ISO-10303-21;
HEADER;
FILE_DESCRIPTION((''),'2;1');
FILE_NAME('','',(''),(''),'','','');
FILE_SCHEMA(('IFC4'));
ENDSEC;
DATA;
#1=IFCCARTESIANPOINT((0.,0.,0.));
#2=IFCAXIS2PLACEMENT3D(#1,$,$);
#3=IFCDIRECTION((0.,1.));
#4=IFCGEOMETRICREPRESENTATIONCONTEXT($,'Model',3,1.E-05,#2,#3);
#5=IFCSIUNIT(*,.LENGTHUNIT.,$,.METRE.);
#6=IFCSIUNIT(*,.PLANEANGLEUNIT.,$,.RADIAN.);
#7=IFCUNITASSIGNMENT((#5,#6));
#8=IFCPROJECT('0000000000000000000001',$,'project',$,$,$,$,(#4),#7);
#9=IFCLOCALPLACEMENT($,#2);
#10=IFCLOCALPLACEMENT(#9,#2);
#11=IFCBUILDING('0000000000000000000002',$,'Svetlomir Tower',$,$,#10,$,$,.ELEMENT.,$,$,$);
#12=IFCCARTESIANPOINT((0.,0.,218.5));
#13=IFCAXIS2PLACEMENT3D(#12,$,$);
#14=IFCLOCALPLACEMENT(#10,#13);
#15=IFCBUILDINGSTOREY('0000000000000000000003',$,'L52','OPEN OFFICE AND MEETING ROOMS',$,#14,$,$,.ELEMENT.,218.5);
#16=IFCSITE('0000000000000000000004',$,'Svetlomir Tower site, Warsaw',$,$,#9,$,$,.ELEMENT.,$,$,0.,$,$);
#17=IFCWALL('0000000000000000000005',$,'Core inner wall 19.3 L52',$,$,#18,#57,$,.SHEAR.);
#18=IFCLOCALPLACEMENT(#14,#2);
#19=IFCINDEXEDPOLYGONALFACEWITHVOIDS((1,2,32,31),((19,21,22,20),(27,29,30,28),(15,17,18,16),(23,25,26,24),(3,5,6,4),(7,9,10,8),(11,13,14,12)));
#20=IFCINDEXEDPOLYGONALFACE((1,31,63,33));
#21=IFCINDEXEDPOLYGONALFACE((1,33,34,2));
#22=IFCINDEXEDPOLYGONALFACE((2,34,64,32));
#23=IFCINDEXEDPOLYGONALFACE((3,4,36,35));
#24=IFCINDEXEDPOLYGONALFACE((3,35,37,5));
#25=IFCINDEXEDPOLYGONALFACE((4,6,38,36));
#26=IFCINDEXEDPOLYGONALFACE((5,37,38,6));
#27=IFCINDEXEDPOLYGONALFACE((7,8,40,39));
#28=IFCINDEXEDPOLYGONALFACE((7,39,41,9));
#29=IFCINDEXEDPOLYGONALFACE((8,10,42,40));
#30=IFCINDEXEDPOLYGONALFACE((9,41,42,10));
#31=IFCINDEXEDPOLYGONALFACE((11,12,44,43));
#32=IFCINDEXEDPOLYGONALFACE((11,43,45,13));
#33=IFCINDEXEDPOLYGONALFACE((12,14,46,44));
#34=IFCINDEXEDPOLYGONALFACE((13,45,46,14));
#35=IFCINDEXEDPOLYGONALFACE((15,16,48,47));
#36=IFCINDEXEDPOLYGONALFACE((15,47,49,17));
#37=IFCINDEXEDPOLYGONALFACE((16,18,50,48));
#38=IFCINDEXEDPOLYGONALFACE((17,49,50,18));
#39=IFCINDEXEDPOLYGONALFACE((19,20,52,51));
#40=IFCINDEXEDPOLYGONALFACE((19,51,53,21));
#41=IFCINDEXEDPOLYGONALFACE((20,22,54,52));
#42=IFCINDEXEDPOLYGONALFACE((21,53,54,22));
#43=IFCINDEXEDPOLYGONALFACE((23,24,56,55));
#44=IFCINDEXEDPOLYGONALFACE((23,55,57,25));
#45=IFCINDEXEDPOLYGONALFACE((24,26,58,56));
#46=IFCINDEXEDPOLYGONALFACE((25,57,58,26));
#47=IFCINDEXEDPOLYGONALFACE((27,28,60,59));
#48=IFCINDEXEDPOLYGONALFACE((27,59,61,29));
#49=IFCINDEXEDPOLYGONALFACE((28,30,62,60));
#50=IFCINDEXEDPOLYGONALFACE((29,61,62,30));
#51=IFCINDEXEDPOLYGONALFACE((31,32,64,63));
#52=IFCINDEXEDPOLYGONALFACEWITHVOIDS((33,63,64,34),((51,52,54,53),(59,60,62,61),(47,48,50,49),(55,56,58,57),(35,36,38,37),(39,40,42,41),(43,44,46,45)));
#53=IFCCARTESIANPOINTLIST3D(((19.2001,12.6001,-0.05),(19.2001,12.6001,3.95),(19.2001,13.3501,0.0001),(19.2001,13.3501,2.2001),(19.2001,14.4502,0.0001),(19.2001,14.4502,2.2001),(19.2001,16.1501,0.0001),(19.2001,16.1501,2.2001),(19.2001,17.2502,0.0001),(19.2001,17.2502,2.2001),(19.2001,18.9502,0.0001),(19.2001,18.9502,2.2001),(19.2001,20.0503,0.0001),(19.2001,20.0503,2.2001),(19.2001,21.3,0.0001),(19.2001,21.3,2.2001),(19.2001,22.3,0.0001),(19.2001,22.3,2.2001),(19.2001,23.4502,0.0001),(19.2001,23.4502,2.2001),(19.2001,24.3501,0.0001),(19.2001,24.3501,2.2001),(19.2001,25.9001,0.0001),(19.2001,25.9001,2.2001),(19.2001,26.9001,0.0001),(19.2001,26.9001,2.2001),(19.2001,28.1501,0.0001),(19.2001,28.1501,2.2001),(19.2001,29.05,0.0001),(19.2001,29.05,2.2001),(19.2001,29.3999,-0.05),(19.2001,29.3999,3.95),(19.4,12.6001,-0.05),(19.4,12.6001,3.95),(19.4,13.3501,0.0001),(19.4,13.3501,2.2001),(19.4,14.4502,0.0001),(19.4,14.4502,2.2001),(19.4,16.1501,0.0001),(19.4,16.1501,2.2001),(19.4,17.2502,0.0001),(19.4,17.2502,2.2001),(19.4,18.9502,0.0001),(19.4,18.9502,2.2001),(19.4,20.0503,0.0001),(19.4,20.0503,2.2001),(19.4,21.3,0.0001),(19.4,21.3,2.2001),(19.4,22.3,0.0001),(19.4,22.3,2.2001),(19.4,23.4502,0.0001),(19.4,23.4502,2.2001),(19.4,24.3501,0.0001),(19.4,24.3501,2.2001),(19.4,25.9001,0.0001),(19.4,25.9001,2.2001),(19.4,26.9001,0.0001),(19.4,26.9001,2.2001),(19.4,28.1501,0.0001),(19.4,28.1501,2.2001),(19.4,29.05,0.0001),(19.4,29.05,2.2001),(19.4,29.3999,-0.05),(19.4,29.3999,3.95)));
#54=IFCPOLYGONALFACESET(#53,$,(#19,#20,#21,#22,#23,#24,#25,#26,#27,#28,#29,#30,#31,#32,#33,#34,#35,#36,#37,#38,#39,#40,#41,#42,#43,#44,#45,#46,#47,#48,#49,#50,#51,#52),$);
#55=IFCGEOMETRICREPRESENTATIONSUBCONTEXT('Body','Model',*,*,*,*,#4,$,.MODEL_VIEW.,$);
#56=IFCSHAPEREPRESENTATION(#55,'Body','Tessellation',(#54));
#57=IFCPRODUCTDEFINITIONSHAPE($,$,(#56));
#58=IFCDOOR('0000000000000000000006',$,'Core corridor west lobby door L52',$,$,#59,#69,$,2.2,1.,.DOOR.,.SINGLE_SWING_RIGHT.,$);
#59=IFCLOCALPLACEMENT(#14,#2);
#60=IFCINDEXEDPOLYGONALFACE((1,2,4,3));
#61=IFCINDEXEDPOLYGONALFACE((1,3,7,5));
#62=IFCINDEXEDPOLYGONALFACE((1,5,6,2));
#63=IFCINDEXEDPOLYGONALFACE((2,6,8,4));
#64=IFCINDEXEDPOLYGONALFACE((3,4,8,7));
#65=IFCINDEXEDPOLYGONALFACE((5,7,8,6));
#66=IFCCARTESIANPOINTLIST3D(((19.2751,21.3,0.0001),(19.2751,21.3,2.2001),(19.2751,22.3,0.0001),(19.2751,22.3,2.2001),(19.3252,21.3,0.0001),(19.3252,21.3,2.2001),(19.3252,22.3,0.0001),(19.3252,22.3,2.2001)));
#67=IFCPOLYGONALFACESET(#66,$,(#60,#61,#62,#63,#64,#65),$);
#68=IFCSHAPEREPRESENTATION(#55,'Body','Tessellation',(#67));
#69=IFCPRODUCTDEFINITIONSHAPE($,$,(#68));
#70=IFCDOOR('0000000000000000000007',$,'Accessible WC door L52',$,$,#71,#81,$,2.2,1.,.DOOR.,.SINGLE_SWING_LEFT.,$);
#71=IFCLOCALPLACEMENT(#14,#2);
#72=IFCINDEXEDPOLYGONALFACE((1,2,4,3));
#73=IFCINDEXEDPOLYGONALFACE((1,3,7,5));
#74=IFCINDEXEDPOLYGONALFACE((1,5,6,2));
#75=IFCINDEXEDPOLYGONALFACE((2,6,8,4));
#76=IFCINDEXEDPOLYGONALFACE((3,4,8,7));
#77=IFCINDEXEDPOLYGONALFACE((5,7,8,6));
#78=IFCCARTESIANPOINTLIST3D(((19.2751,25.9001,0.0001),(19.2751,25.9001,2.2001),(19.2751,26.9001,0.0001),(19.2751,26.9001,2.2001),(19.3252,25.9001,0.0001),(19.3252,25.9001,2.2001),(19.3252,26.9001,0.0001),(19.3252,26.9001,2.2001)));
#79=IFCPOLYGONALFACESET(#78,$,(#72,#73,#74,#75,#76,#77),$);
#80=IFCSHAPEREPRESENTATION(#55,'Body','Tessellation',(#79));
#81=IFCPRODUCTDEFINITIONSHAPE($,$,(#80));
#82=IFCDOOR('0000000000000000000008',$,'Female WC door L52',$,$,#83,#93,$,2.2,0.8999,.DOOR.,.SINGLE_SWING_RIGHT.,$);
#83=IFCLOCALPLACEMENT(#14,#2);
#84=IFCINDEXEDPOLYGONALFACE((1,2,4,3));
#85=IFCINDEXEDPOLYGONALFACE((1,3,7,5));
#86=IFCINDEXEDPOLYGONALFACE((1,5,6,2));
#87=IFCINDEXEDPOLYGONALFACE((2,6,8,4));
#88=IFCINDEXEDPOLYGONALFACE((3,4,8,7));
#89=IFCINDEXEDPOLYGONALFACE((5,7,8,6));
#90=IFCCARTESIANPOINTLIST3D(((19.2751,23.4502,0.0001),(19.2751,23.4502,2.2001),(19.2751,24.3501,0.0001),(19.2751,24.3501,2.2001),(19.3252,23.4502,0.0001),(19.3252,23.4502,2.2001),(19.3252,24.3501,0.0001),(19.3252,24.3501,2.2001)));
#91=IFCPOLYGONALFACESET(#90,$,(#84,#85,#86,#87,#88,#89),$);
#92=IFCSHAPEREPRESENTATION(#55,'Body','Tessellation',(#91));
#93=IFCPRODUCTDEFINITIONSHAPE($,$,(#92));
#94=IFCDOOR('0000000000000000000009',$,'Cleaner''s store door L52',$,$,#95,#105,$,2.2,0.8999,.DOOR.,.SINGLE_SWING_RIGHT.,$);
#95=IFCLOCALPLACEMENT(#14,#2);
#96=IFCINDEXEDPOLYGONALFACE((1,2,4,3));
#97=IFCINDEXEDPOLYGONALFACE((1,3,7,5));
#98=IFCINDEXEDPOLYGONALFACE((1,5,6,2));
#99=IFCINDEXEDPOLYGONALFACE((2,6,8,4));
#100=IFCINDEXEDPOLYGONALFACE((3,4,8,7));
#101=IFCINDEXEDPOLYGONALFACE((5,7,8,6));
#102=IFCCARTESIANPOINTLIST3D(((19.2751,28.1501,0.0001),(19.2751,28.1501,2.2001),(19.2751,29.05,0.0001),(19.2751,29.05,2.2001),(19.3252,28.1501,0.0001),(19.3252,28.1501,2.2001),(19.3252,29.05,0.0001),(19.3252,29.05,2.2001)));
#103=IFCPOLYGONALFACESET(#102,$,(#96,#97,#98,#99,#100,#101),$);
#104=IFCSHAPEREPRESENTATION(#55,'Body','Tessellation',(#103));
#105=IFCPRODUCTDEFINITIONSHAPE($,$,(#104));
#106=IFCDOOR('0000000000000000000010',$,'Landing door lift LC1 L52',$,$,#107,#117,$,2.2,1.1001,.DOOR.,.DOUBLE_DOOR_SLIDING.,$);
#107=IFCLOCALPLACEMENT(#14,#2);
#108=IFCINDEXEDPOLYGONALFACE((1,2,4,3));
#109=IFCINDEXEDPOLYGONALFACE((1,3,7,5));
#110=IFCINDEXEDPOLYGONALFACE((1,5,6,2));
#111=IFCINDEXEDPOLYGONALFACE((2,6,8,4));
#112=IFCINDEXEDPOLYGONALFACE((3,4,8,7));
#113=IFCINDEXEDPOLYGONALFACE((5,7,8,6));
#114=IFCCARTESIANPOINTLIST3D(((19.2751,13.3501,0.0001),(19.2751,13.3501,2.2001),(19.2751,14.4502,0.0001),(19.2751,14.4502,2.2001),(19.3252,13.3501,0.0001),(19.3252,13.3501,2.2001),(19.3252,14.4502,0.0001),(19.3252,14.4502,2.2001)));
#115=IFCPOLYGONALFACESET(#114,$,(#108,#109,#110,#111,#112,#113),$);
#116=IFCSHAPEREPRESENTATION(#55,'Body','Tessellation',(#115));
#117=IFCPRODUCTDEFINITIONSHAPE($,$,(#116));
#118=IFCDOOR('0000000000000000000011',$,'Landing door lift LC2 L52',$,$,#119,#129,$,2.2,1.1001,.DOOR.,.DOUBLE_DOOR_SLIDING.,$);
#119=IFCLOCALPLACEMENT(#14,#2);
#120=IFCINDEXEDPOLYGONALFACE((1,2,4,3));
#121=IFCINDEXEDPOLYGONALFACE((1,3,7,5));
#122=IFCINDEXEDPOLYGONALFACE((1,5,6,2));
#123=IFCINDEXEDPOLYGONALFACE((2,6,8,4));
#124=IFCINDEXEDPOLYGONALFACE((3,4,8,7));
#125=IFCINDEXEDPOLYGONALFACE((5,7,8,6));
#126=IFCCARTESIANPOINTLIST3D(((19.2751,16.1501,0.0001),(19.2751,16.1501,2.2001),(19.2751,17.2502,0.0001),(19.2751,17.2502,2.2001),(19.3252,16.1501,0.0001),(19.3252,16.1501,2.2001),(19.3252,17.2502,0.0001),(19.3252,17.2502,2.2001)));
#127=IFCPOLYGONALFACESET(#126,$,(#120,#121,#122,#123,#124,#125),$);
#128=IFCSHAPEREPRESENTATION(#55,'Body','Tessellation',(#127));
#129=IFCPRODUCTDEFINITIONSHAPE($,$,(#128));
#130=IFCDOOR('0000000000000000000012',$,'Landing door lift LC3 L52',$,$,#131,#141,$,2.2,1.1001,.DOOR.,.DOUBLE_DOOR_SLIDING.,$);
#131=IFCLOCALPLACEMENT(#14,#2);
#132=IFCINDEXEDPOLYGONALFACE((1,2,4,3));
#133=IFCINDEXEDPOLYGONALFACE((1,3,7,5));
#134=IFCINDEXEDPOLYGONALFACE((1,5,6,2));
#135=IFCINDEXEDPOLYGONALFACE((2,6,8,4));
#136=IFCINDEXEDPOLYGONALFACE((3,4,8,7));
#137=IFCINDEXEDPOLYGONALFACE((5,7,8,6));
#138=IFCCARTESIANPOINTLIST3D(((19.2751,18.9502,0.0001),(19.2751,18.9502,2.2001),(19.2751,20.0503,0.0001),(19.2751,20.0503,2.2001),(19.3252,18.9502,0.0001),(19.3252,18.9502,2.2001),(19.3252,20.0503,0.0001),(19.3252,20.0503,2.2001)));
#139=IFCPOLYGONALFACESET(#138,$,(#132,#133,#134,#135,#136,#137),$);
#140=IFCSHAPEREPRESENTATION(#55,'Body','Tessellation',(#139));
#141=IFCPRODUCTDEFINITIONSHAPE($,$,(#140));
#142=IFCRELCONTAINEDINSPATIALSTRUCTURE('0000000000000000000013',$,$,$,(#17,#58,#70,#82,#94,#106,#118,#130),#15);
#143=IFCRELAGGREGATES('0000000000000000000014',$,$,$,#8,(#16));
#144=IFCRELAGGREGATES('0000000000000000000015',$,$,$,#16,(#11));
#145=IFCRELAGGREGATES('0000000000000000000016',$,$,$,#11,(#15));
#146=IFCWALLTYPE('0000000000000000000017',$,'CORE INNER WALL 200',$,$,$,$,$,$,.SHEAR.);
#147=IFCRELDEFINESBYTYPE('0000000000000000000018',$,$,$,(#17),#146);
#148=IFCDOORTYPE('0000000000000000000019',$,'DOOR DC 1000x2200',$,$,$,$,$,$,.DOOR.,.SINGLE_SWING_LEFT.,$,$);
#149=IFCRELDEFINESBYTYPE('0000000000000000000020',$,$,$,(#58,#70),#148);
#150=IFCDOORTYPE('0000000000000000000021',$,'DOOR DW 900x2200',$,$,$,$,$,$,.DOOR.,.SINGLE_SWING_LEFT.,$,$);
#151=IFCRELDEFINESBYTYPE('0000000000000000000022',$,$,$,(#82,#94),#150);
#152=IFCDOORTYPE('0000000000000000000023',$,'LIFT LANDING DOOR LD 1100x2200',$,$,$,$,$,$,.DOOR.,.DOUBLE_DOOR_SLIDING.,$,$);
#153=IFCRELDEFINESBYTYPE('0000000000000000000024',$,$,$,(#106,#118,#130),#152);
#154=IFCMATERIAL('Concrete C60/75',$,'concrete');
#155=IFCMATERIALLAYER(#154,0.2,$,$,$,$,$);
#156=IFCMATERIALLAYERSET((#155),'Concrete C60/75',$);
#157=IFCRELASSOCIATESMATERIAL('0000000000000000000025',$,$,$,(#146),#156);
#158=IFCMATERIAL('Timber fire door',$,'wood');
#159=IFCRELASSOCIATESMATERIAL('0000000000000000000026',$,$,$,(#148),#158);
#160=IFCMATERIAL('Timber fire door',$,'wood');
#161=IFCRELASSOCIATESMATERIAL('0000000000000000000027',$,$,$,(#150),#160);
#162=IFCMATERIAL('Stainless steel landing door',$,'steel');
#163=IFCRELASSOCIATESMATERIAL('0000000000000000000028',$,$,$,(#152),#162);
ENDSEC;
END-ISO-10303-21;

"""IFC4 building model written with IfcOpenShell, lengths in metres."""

from ifc_helpers import new_model, si_unit, direction, frame, frame_2d, origin, place, context, subcontext, project, spatial, rectangle, extrude, material, layer, layer_set, type_object, element, fill, save


model = new_model("IFC4")

# Units and contexts
model_context = context("Model", 3, precision=1e-05, world=origin(), true_north=direction((0.0, 1.0)))
body_context = subcontext(model_context, "Body", "Model", "MODEL_VIEW")
ifc_project = project(units=[si_unit("LENGTHUNIT", "METRE"), si_unit("PLANEANGLEUNIT", "RADIAN")], contexts=[model_context])

# Site, building, storey
site_placement = place(None, origin())
site = spatial("IfcSite", under=ifc_project, at=site_placement, Name="Svetlomir Tower site, Warsaw", CompositionType="ELEMENT", RefElevation=0.0)
building_placement = place(site_placement, origin())
building = spatial("IfcBuilding", under=site, at=building_placement, Name="Svetlomir Tower", CompositionType="ELEMENT")
storey_placement = place(building_placement, frame((0.0, 0.0, 218.5)))
storey = spatial("IfcBuildingStorey", under=building, at=storey_placement, Name="L52", Description="OPEN OFFICE AND MEETING ROOMS", CompositionType="ELEMENT", Elevation=218.5)

# Wall, openings, doors
ifc_material_1 = material(Name="Concrete C60/75", Category="concrete")
ifc_layer_1 = layer(ifc_material_1, 0.2)
ifc_layer_set_1 = layer_set([ifc_layer_1], Name="Concrete C60/75")
wall_type_1 = type_object("IfcWallType", Name="CORE INNER WALL 200", PredefinedType="SHEAR", material=ifc_layer_set_1)
wall_1_placement = place(storey_placement, frame((19.3, 12.6001, -0.05), z_axis=(0.0, 0.0, 1.0), x_axis=(0.0, 1.0, 0.0)))
wall_1 = element("IfcWall", 1, at=wall_1_placement, inside=storey, type_object=wall_type_1, Name="Core inner wall 19.3 L52", PredefinedType="SHEAR", context=body_context, shape_type="SweptSolid", body=[
    extrude(rectangle(XDim=16.7998, YDim=0.2, at=frame_2d((8.3999, 0.0))), origin(), (0.0, 0.0, 1.0), 4.0),
])
opening_1_placement = place(wall_1_placement, frame((8.7, 0.0, 0.05)))
opening_1 = element("IfcOpeningElement", 2, at=opening_1_placement, cuts=wall_1, PredefinedType="OPENING", context=body_context, shape_type="SweptSolid", body=[
    extrude(rectangle(XDim=1.0, YDim=2.2, at=frame_2d((0.5, 1.1001))), frame((0.0, 0.1099, 0.0), z_axis=(0.0, -1.0, 0.0), x_axis=(1.0, 0.0, 0.0)), (0.0, 0.0, 1.0), 0.22),
])
opening_2_placement = place(wall_1_placement, frame((10.8501, 0.0, 0.05)))
opening_2 = element("IfcOpeningElement", 3, at=opening_2_placement, cuts=wall_1, PredefinedType="OPENING", context=body_context, shape_type="SweptSolid", body=[
    extrude(rectangle(XDim=0.8999, YDim=2.2, at=frame_2d((0.45, 1.1001))), frame((0.0, 0.1099, 0.0), z_axis=(0.0, -1.0, 0.0), x_axis=(1.0, 0.0, 0.0)), (0.0, 0.0, 1.0), 0.22),
])
opening_3_placement = place(wall_1_placement, frame((13.3, 0.0, 0.05)))
opening_3 = element("IfcOpeningElement", 4, at=opening_3_placement, cuts=wall_1, PredefinedType="OPENING", context=body_context, shape_type="SweptSolid", body=[
    extrude(rectangle(XDim=1.0, YDim=2.2, at=frame_2d((0.5, 1.1001))), frame((0.0, 0.1099, 0.0), z_axis=(0.0, -1.0, 0.0), x_axis=(1.0, 0.0, 0.0)), (0.0, 0.0, 1.0), 0.22),
])
opening_4_placement = place(wall_1_placement, frame((15.55, 0.0, 0.05)))
opening_4 = element("IfcOpeningElement", 5, at=opening_4_placement, cuts=wall_1, PredefinedType="OPENING", context=body_context, shape_type="SweptSolid", body=[
    extrude(rectangle(XDim=0.8999, YDim=2.2, at=frame_2d((0.45, 1.1001))), frame((0.0, 0.1099, 0.0), z_axis=(0.0, -1.0, 0.0), x_axis=(1.0, 0.0, 0.0)), (0.0, 0.0, 1.0), 0.22),
])
opening_5_placement = place(wall_1_placement, frame((0.75, 0.0, 0.05)))
opening_5 = element("IfcOpeningElement", 6, at=opening_5_placement, cuts=wall_1, PredefinedType="OPENING", context=body_context, shape_type="SweptSolid", body=[
    extrude(rectangle(XDim=1.1001, YDim=2.2, at=frame_2d((0.55, 1.1001))), frame((0.0, 0.1099, 0.0), z_axis=(0.0, -1.0, 0.0), x_axis=(1.0, 0.0, 0.0)), (0.0, 0.0, 1.0), 0.22),
])
opening_6_placement = place(wall_1_placement, frame((3.55, 0.0, 0.05)))
opening_6 = element("IfcOpeningElement", 7, at=opening_6_placement, cuts=wall_1, PredefinedType="OPENING", context=body_context, shape_type="SweptSolid", body=[
    extrude(rectangle(XDim=1.1001, YDim=2.2, at=frame_2d((0.55, 1.1001))), frame((0.0, 0.1099, 0.0), z_axis=(0.0, -1.0, 0.0), x_axis=(1.0, 0.0, 0.0)), (0.0, 0.0, 1.0), 0.22),
])
opening_7_placement = place(wall_1_placement, frame((6.3501, 0.0, 0.05)))
opening_7 = element("IfcOpeningElement", 8, at=opening_7_placement, cuts=wall_1, PredefinedType="OPENING", context=body_context, shape_type="SweptSolid", body=[
    extrude(rectangle(XDim=1.1001, YDim=2.2, at=frame_2d((0.55, 1.1001))), frame((0.0, 0.1099, 0.0), z_axis=(0.0, -1.0, 0.0), x_axis=(1.0, 0.0, 0.0)), (0.0, 0.0, 1.0), 0.22),
])
ifc_material_2 = material(Name="Timber fire door", Category="wood")
door_type_1 = type_object("IfcDoorType", Name="DOOR DC 1000x2200", OperationType="SINGLE_SWING_LEFT", PredefinedType="DOOR", material=ifc_material_2)
door_1_placement = place(opening_1_placement, origin())
door_1 = element("IfcDoor", 9, at=door_1_placement, inside=storey, type_object=door_type_1, Name="Core corridor west lobby door L52", OperationType="SINGLE_SWING_RIGHT", OverallHeight=2.2, OverallWidth=1.0, PredefinedType="DOOR", context=body_context, shape_type="SweptSolid", body=[
    extrude(rectangle(XDim=1.0, YDim=2.2, at=frame_2d((0.5, 1.1001))), frame((0.0, 0.0249, 0.0), z_axis=(0.0, -1.0, 0.0), x_axis=(1.0, 0.0, 0.0)), (0.0, 0.0, 1.0), 0.05),
])
fill(opening_1, door_1)
door_2_placement = place(opening_3_placement, origin())
door_2 = element("IfcDoor", 10, at=door_2_placement, inside=storey, type_object=door_type_1, Name="Accessible WC door L52", OperationType="SINGLE_SWING_LEFT", OverallHeight=2.2, OverallWidth=1.0, PredefinedType="DOOR", context=body_context, shape_type="SweptSolid", body=[
    extrude(rectangle(XDim=1.0, YDim=2.2, at=frame_2d((0.5, 1.1001))), frame((0.0, 0.0249, 0.0), z_axis=(0.0, -1.0, 0.0), x_axis=(1.0, 0.0, 0.0)), (0.0, 0.0, 1.0), 0.05),
])
fill(opening_3, door_2)
ifc_material_3 = material(Name="Timber fire door", Category="wood")
door_type_2 = type_object("IfcDoorType", Name="DOOR DW 900x2200", OperationType="SINGLE_SWING_LEFT", PredefinedType="DOOR", material=ifc_material_3)
door_3_placement = place(opening_2_placement, origin())
door_3 = element("IfcDoor", 11, at=door_3_placement, inside=storey, type_object=door_type_2, Name="Female WC door L52", OperationType="SINGLE_SWING_RIGHT", OverallHeight=2.2, OverallWidth=0.8999, PredefinedType="DOOR", context=body_context, shape_type="SweptSolid", body=[
    extrude(rectangle(XDim=0.8999, YDim=2.2, at=frame_2d((0.45, 1.1001))), frame((0.0, 0.0249, 0.0), z_axis=(0.0, -1.0, 0.0), x_axis=(1.0, 0.0, 0.0)), (0.0, 0.0, 1.0), 0.05),
])
fill(opening_2, door_3)
door_4_placement = place(opening_4_placement, origin())
door_4 = element("IfcDoor", 12, at=door_4_placement, inside=storey, type_object=door_type_2, Name="Cleaner's store door L52", OperationType="SINGLE_SWING_RIGHT", OverallHeight=2.2, OverallWidth=0.8999, PredefinedType="DOOR", context=body_context, shape_type="SweptSolid", body=[
    extrude(rectangle(XDim=0.8999, YDim=2.2, at=frame_2d((0.45, 1.1001))), frame((0.0, 0.0249, 0.0), z_axis=(0.0, -1.0, 0.0), x_axis=(1.0, 0.0, 0.0)), (0.0, 0.0, 1.0), 0.05),
])
fill(opening_4, door_4)
ifc_material_4 = material(Name="Stainless steel landing door", Category="steel")
door_type_3 = type_object("IfcDoorType", Name="LIFT LANDING DOOR LD 1100x2200", OperationType="DOUBLE_DOOR_SLIDING", PredefinedType="DOOR", material=ifc_material_4)
door_5_placement = place(opening_5_placement, origin())
door_5 = element("IfcDoor", 13, at=door_5_placement, inside=storey, type_object=door_type_3, Name="Landing door lift LC1 L52", OperationType="DOUBLE_DOOR_SLIDING", OverallHeight=2.2, OverallWidth=1.1001, PredefinedType="DOOR", context=body_context, shape_type="SweptSolid", body=[
    extrude(rectangle(XDim=1.1001, YDim=2.2, at=frame_2d((0.55, 1.1001))), frame((0.0, 0.0249, 0.0), z_axis=(0.0, -1.0, 0.0), x_axis=(1.0, 0.0, 0.0)), (0.0, 0.0, 1.0), 0.05),
])
fill(opening_5, door_5)
door_6_placement = place(opening_6_placement, origin())
door_6 = element("IfcDoor", 14, at=door_6_placement, inside=storey, type_object=door_type_3, Name="Landing door lift LC2 L52", OperationType="DOUBLE_DOOR_SLIDING", OverallHeight=2.2, OverallWidth=1.1001, PredefinedType="DOOR", context=body_context, shape_type="SweptSolid", body=[
    extrude(rectangle(XDim=1.1001, YDim=2.2, at=frame_2d((0.55, 1.1001))), frame((0.0, 0.0249, 0.0), z_axis=(0.0, -1.0, 0.0), x_axis=(1.0, 0.0, 0.0)), (0.0, 0.0, 1.0), 0.05),
])
fill(opening_6, door_6)
door_7_placement = place(opening_7_placement, origin())
door_7 = element("IfcDoor", 15, at=door_7_placement, inside=storey, type_object=door_type_3, Name="Landing door lift LC3 L52", OperationType="DOUBLE_DOOR_SLIDING", OverallHeight=2.2, OverallWidth=1.1001, PredefinedType="DOOR", context=body_context, shape_type="SweptSolid", body=[
    extrude(rectangle(XDim=1.1001, YDim=2.2, at=frame_2d((0.55, 1.1001))), frame((0.0, 0.0249, 0.0), z_axis=(0.0, -1.0, 0.0), x_axis=(1.0, 0.0, 0.0)), (0.0, 0.0, 1.0), 0.05),
])
fill(opening_7, door_7)

save(model, "model.ifc")
